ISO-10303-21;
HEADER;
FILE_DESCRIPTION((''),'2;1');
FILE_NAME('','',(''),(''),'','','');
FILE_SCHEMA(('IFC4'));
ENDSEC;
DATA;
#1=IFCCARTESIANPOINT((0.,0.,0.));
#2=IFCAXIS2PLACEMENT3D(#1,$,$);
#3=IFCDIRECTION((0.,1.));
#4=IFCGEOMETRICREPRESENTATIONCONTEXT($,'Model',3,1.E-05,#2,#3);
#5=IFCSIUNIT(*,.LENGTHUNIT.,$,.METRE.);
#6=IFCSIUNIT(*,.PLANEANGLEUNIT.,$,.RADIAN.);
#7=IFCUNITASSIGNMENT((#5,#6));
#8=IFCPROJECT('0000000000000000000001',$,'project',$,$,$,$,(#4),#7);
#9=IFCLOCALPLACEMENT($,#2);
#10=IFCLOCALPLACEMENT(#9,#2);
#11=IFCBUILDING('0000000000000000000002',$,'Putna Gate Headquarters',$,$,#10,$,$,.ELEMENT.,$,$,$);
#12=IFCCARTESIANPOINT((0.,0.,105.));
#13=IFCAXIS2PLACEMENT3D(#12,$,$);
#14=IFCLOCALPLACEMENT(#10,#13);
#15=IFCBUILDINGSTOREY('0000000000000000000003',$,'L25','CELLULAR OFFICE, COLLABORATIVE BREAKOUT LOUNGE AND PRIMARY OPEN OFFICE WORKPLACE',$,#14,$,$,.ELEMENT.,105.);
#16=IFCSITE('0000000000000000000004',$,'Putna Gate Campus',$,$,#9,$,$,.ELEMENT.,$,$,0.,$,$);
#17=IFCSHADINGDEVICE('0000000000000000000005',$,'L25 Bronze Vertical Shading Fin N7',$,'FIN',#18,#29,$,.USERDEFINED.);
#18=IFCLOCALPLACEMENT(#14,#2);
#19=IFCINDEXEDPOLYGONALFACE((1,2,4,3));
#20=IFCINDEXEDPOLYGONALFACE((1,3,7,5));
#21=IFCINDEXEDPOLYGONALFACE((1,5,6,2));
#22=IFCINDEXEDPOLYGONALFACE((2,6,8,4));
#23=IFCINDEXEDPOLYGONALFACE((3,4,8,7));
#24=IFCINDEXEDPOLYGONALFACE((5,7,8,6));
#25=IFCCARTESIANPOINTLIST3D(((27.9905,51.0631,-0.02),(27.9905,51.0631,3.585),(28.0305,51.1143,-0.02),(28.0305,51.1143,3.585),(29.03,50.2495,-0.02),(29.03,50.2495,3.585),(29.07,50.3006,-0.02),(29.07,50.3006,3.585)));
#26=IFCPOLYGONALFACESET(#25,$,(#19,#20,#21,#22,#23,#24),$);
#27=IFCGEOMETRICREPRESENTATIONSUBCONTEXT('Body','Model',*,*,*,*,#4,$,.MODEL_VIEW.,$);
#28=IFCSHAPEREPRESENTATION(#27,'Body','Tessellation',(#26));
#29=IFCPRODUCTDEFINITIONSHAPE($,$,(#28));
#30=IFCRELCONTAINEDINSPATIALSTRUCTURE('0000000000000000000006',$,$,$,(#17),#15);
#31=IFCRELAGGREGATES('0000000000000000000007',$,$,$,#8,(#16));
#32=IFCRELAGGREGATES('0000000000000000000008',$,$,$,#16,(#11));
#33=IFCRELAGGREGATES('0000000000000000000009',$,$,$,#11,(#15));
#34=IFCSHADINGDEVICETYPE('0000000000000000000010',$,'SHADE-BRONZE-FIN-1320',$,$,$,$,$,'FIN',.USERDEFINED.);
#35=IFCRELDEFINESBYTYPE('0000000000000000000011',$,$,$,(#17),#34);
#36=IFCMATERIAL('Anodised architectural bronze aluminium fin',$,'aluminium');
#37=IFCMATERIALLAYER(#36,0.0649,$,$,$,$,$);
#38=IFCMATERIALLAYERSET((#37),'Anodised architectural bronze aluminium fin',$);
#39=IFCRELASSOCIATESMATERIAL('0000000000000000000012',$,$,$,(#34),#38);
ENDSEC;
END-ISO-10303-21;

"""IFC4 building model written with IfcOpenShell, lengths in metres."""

from ifc_helpers import new_model, si_unit, direction, frame, origin, origin_2d, place, context, subcontext, project, spatial, rectangle, extrude, material, layer, layer_set, type_object, element, save


model = new_model("IFC4")

# Units and contexts
model_context = context("Model", 3, precision=1e-05, world=origin(), true_north=direction((0.0, 1.0)))
body_context = subcontext(model_context, "Body", "Model", "MODEL_VIEW")
ifc_project = project(units=[si_unit("LENGTHUNIT", "METRE"), si_unit("PLANEANGLEUNIT", "RADIAN")], contexts=[model_context])

# Site, building, storey
site_placement = place(None, origin())
site = spatial("IfcSite", under=ifc_project, at=site_placement, Name="Putna Gate Campus", CompositionType="ELEMENT", RefElevation=0.0)
building_placement = place(site_placement, origin())
building = spatial("IfcBuilding", under=site, at=building_placement, Name="Putna Gate Headquarters", CompositionType="ELEMENT")
storey_placement = place(building_placement, frame((0.0, 0.0, 105.0)))
storey = spatial("IfcBuildingStorey", under=building, at=storey_placement, Name="L25", Description="CELLULAR OFFICE, COLLABORATIVE BREAKOUT LOUNGE AND PRIMARY OPEN OFFICE WORKPLACE", CompositionType="ELEMENT", Elevation=105.0)

# Shading device
ifc_material_1 = material(Name="Anodised architectural bronze aluminium fin", Category="aluminium")
ifc_layer_1 = layer(ifc_material_1, 0.0649)
ifc_layer_set_1 = layer_set([ifc_layer_1], Name="Anodised architectural bronze aluminium fin")
shading_device_type = type_object("IfcShadingDeviceType", Name="SHADE-BRONZE-FIN-1320", ElementType="FIN", PredefinedType="USERDEFINED", material=ifc_layer_set_1)
for number, where, z_axis, x_axis, name in (
    (1, (28.5303, 50.6819, -0.02), (0.0, 0.0, 1.0), (-0.787473, 0.616349, 0.0), "L25 Bronze Vertical Shading Fin N7"),
):
    element("IfcShadingDevice", number, at=place(storey_placement, frame(where, z_axis=z_axis, x_axis=x_axis)), inside=storey, type_object=shading_device_type, Name=name, ObjectType="FIN", PredefinedType="USERDEFINED", context=body_context, shape_type="SweptSolid", body=[
        extrude(rectangle(XDim=1.3201, YDim=0.0649, at=origin_2d()), origin(), (0.0, 0.0, 1.0), 3.605),
    ])

save(model, "model.ifc")
